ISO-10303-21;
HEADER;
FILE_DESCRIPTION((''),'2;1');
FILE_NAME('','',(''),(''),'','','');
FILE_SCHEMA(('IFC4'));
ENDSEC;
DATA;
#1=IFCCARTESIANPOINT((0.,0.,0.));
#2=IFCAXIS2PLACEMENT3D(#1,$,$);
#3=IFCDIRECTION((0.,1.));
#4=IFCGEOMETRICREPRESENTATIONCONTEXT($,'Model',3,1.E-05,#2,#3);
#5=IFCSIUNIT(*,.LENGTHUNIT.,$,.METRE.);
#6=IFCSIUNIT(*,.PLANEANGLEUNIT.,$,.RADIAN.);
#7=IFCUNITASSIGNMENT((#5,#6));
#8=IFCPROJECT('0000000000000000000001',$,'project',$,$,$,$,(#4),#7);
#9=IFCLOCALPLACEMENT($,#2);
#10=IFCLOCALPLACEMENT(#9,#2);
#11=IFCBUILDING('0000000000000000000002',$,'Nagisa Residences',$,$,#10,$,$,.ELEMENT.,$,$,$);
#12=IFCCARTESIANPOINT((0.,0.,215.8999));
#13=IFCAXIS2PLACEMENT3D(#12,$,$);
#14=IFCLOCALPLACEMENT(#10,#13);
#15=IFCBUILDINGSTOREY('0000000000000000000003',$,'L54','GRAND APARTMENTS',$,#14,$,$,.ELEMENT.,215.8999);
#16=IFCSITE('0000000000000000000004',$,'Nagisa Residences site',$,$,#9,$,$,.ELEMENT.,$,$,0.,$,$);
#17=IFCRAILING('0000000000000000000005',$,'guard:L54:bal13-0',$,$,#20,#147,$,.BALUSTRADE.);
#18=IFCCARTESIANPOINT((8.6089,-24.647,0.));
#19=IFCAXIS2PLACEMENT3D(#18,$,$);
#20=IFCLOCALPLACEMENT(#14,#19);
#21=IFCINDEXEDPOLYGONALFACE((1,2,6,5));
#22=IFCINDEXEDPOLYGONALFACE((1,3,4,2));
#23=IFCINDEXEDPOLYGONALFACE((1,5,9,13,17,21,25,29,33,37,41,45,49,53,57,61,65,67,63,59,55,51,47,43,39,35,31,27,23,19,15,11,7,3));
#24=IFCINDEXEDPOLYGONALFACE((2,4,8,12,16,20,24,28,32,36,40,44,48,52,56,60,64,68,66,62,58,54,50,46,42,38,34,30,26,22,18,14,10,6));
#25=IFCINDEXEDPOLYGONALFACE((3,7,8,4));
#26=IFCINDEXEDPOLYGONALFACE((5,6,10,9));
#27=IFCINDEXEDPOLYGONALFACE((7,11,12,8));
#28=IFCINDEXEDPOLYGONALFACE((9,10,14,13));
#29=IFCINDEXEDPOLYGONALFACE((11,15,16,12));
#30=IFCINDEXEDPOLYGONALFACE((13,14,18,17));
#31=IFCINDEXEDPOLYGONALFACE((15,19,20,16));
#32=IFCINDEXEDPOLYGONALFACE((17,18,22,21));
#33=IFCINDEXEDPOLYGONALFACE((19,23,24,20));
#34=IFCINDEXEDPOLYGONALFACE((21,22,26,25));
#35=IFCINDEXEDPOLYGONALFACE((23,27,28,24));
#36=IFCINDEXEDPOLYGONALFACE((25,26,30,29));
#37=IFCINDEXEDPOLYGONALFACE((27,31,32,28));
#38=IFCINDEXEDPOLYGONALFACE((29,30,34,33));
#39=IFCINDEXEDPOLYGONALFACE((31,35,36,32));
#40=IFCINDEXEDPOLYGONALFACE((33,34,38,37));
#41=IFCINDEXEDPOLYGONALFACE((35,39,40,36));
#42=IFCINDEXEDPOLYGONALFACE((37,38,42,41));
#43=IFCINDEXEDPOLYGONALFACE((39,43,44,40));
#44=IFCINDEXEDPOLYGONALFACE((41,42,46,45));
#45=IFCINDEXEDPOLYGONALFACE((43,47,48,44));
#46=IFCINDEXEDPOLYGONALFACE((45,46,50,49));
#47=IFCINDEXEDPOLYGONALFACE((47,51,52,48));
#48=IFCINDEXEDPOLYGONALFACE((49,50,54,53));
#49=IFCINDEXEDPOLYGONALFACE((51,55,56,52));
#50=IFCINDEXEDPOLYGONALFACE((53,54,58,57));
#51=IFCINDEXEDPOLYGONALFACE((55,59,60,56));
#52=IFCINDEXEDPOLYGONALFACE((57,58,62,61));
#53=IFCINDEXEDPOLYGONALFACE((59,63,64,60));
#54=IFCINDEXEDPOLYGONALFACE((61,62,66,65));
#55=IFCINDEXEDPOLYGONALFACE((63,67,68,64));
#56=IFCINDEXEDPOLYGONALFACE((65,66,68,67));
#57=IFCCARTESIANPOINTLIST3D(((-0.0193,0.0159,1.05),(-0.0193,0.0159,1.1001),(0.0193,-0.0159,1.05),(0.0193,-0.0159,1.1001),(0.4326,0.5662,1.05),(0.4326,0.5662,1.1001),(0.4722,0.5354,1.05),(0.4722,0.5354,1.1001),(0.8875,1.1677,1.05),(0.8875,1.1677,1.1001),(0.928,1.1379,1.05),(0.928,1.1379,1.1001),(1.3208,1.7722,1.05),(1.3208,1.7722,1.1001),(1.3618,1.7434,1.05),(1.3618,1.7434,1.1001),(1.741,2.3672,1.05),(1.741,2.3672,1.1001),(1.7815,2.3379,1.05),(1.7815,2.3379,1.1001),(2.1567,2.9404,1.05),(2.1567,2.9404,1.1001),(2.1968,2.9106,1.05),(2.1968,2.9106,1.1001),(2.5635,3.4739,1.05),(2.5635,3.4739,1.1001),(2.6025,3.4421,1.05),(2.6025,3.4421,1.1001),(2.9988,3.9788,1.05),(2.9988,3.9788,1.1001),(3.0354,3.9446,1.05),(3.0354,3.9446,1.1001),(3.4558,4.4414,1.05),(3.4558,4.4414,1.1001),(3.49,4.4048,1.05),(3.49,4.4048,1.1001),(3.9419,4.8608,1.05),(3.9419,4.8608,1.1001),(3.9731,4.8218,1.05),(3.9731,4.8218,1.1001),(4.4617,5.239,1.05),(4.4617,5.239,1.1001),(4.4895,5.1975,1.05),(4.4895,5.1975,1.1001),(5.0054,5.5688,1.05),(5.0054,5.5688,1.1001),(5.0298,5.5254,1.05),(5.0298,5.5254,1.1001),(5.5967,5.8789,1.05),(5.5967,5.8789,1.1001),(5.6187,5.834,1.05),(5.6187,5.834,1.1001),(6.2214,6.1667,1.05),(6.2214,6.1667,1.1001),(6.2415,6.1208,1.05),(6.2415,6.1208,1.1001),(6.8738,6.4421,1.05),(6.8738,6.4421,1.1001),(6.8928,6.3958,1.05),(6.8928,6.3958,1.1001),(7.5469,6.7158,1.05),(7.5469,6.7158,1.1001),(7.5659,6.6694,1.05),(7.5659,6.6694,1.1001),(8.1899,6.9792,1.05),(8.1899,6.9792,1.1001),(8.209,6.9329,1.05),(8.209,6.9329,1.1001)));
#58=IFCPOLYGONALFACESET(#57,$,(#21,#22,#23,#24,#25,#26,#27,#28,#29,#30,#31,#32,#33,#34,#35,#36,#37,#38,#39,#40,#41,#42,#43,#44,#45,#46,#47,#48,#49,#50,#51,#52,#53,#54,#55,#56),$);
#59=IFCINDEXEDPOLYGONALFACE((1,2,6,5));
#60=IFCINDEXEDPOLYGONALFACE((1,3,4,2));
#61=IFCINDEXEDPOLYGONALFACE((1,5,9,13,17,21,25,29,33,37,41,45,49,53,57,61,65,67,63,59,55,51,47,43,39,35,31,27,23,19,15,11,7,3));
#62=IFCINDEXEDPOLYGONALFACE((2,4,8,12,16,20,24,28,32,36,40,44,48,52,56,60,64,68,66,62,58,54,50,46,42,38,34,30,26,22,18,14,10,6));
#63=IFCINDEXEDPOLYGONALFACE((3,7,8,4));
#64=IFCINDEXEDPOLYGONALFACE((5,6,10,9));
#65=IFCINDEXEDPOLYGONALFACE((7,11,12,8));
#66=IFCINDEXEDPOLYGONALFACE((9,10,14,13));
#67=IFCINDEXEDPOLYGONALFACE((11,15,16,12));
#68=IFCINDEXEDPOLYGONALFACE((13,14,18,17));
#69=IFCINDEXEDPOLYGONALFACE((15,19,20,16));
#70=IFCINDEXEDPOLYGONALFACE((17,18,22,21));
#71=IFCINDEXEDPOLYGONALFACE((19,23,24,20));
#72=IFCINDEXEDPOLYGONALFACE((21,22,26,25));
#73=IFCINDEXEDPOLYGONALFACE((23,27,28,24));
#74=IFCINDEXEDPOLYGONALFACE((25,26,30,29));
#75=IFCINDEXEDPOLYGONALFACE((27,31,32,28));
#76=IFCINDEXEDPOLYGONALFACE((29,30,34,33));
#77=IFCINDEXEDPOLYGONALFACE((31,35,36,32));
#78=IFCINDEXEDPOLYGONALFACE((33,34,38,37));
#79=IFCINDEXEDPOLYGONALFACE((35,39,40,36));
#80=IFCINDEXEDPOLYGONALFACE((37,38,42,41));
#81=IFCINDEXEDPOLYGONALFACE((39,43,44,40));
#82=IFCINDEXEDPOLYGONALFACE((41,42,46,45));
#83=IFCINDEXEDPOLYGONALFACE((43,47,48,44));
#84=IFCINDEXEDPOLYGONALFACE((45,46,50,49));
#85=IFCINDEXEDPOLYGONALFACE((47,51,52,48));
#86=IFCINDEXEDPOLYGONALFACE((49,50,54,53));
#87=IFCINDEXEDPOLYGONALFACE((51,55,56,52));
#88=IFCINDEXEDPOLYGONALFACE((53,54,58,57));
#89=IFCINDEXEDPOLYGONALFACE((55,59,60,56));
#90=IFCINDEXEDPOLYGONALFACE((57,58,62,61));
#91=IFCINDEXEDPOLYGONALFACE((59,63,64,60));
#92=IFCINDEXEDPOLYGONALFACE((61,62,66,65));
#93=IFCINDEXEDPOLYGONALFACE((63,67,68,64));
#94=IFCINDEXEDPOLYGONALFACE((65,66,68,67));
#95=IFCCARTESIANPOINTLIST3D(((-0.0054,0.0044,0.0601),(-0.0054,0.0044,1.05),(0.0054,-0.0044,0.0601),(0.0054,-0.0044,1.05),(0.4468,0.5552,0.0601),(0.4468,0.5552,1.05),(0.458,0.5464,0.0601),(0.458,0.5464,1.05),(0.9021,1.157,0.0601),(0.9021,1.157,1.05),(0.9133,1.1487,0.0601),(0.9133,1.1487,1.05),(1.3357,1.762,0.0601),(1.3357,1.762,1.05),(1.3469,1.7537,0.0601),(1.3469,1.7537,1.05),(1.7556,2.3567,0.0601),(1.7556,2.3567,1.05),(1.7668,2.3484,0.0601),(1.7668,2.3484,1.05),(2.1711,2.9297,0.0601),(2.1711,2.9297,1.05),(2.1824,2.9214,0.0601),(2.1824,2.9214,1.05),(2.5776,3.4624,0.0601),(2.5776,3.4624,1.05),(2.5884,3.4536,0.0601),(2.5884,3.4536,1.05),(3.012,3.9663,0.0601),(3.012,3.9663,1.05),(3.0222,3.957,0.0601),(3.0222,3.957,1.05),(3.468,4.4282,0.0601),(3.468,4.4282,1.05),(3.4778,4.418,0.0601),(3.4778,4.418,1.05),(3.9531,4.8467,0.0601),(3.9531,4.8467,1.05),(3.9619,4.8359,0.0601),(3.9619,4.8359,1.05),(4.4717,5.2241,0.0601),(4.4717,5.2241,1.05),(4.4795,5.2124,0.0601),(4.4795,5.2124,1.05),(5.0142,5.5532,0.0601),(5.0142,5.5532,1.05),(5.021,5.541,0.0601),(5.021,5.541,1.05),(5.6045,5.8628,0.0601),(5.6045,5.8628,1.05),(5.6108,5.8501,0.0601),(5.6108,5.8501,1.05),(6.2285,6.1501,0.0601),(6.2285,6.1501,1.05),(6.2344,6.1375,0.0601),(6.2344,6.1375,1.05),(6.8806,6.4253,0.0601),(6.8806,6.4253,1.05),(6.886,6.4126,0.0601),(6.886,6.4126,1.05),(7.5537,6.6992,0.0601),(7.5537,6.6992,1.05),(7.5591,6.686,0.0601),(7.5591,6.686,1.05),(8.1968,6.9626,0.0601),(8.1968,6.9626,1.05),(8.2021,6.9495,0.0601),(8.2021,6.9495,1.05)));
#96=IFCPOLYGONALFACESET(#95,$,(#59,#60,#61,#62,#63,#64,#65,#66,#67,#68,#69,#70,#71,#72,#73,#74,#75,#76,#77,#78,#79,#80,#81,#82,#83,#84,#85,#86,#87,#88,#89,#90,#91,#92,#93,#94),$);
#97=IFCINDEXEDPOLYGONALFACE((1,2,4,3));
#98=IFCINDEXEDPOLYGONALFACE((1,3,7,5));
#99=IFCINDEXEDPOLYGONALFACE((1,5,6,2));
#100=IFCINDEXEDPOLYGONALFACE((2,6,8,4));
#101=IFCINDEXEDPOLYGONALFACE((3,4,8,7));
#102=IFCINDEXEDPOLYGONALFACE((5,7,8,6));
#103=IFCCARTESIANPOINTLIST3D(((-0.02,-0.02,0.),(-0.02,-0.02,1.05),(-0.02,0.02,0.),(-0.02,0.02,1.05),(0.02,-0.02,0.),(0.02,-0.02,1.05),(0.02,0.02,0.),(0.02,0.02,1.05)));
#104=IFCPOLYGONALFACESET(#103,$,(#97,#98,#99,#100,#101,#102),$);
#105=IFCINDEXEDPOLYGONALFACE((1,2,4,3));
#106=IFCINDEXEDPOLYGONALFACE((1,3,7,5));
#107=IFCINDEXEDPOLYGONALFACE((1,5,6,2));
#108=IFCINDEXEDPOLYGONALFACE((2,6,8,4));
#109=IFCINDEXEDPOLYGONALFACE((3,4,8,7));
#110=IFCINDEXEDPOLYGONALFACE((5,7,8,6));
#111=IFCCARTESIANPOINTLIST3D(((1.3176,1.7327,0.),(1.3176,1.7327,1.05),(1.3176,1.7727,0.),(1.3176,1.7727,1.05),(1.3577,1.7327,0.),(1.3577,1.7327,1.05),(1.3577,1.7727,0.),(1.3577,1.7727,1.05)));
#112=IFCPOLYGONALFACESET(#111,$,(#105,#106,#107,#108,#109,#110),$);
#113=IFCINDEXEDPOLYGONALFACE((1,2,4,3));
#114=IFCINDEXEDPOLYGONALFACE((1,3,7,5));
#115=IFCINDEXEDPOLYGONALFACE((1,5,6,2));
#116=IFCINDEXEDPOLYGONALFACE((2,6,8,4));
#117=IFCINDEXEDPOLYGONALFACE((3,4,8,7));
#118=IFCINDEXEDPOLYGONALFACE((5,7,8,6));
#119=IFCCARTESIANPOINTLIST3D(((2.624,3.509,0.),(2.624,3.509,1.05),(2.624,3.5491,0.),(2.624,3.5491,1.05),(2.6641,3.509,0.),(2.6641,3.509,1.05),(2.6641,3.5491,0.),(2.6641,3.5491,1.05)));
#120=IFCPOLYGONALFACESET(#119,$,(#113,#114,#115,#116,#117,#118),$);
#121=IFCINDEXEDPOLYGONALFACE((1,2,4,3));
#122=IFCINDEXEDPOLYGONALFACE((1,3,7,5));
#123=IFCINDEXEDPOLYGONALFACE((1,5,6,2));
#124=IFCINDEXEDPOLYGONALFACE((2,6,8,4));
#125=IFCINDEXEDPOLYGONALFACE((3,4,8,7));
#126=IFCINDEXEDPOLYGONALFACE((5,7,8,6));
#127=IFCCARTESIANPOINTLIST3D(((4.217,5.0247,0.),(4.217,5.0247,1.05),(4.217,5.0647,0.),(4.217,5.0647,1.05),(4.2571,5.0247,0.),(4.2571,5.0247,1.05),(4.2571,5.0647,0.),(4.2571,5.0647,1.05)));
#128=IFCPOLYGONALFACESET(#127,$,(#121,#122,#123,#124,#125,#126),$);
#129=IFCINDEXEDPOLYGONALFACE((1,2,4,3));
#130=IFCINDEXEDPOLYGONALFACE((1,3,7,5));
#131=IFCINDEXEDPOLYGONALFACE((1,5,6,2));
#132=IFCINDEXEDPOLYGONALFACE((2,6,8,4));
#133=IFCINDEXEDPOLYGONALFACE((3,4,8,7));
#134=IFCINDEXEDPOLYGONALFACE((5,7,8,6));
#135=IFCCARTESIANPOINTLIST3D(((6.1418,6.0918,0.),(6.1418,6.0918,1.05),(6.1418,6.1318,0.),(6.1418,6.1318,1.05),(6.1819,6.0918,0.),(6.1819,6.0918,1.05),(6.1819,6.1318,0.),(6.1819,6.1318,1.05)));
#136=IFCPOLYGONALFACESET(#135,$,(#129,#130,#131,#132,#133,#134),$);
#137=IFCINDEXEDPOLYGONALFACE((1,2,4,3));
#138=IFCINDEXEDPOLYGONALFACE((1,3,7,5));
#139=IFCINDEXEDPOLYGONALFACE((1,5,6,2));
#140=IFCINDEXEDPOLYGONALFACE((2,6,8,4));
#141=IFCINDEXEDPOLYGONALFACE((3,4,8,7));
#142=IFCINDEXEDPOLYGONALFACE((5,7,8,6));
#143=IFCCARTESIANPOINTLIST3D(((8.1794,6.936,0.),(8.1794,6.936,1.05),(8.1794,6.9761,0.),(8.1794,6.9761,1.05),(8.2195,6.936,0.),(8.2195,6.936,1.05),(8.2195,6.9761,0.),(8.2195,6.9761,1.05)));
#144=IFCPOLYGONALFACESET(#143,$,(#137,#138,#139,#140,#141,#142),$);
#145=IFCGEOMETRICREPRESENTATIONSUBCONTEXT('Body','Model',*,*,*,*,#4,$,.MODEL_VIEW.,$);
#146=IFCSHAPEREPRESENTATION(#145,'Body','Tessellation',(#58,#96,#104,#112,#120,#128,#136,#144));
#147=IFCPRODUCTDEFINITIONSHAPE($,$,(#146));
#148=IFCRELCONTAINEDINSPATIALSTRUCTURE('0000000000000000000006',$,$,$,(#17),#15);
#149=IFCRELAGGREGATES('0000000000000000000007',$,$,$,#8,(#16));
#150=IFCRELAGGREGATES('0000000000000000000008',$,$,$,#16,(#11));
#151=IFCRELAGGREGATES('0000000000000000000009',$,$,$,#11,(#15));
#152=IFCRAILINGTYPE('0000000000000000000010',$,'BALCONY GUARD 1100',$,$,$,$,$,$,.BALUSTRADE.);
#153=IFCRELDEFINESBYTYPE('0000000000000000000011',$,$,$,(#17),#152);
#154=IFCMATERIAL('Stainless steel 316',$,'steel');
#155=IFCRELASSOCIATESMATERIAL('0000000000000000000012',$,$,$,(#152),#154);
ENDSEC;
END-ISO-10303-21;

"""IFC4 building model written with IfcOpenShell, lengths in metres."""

from ifc_helpers import new_model, si_unit, direction, frame, origin, origin_2d, place, context, subcontext, project, spatial, polyline, rectangle, outline, extrude, material, type_object, element, save


model = new_model("IFC4")

# Units and contexts
model_context = context("Model", 3, precision=1e-05, world=origin(), true_north=direction((0.0, 1.0)))
body_context = subcontext(model_context, "Body", "Model", "MODEL_VIEW")
ifc_project = project(units=[si_unit("LENGTHUNIT", "METRE"), si_unit("PLANEANGLEUNIT", "RADIAN")], contexts=[model_context])

# Site, building, storey
site_placement = place(None, origin())
site = spatial("IfcSite", under=ifc_project, at=site_placement, Name="Nagisa Residences site", CompositionType="ELEMENT", RefElevation=0.0)
building_placement = place(site_placement, origin())
building = spatial("IfcBuilding", under=site, at=building_placement, Name="Nagisa Residences", CompositionType="ELEMENT")
storey_placement = place(building_placement, frame((0.0, 0.0, 215.8999)))
storey = spatial("IfcBuildingStorey", under=building, at=storey_placement, Name="L54", Description="GRAND APARTMENTS", CompositionType="ELEMENT", Elevation=215.8999)

# Railing
ifc_material_1 = material(Name="Stainless steel 316", Category="steel")
railing_type = type_object("IfcRailingType", Name="BALCONY GUARD 1100", PredefinedType="BALUSTRADE", material=ifc_material_1)
railing_placement = place(storey_placement, frame((8.6089, -24.647, 0.0)))
element("IfcRailing", 1, at=railing_placement, inside=storey, type_object=railing_type, Name="guard:L54:bal13-0", PredefinedType="BALUSTRADE", context=body_context, shape_type="SweptSolid", body=[
    extrude(outline(polyline([(0.4326, 0.5662), (-0.0193, 0.0159), (0.0193, -0.0159), (0.4722, 0.5354), (0.928, 1.1379), (1.3618, 1.7434), (1.7815, 2.3379), (2.1968, 2.9106), (2.6025, 3.4421), (3.0354, 3.9446), (3.49, 4.4048), (3.9731, 4.8218), (4.4895, 5.1975), (5.0298, 5.5254), (5.6187, 5.834), (6.2415, 6.1208), (6.8928, 6.3958), (7.5659, 6.6694), (8.209, 6.9329), (8.1899, 6.9792), (7.5469, 6.7158), (6.8738, 6.4421), (6.2214, 6.1667), (5.5967, 5.8789), (5.0054, 5.5688), (4.4617, 5.239), (3.9419, 4.8608), (3.4558, 4.4414), (2.9988, 3.9788), (2.5635, 3.4739), (2.1567, 2.9404), (1.741, 2.3672), (1.3208, 1.7722), (0.8875, 1.1677), (0.4326, 0.5662)])), frame((0.0, 0.0, 1.05)), (0.0, 0.0, 1.0), 0.05),
    extrude(outline(polyline([(0.4468, 0.5552), (-0.0054, 0.0044), (0.0054, -0.0044), (0.458, 0.5464), (0.9133, 1.1487), (1.3469, 1.7537), (1.7668, 2.3484), (2.1824, 2.9214), (2.5884, 3.4536), (3.0222, 3.957), (3.4778, 4.418), (3.9619, 4.8359), (4.4795, 5.2124), (5.021, 5.541), (5.6108, 5.8501), (6.2344, 6.1375), (6.886, 6.4126), (7.5591, 6.686), (8.2021, 6.9495), (8.1968, 6.9626), (7.5537, 6.6992), (6.8806, 6.4253), (6.2285, 6.1501), (5.6045, 5.8628), (5.0142, 5.5532), (4.4717, 5.2241), (3.9531, 4.8467), (3.468, 4.4282), (3.012, 3.9663), (2.5776, 3.4624), (2.1711, 2.9297), (1.7556, 2.3567), (1.3357, 1.762), (0.9021, 1.157), (0.4468, 0.5552)])), frame((0.0, 0.0, 0.0601)), (0.0, 0.0, 1.0), 0.99),
    extrude(rectangle(XDim=0.04, YDim=0.04, at=origin_2d()), origin(), (0.0, 0.0, 1.0), 1.05),
    extrude(rectangle(XDim=0.04, YDim=0.04, at=origin_2d()), frame((1.3376, 1.7527, 0.0)), (0.0, 0.0, 1.0), 1.05),
    extrude(rectangle(XDim=0.04, YDim=0.04, at=origin_2d()), frame((2.644, 3.5291, 0.0)), (0.0, 0.0, 1.0), 1.05),
    extrude(rectangle(XDim=0.04, YDim=0.04, at=origin_2d()), frame((4.2371, 5.0447, 0.0)), (0.0, 0.0, 1.0), 1.05),
    extrude(rectangle(XDim=0.04, YDim=0.04, at=origin_2d()), frame((6.1619, 6.1118, 0.0)), (0.0, 0.0, 1.0), 1.05),
    extrude(rectangle(XDim=0.04, YDim=0.04, at=origin_2d()), frame((8.1995, 6.9561, 0.0)), (0.0, 0.0, 1.0), 1.05),
])

save(model, "model.ifc")
